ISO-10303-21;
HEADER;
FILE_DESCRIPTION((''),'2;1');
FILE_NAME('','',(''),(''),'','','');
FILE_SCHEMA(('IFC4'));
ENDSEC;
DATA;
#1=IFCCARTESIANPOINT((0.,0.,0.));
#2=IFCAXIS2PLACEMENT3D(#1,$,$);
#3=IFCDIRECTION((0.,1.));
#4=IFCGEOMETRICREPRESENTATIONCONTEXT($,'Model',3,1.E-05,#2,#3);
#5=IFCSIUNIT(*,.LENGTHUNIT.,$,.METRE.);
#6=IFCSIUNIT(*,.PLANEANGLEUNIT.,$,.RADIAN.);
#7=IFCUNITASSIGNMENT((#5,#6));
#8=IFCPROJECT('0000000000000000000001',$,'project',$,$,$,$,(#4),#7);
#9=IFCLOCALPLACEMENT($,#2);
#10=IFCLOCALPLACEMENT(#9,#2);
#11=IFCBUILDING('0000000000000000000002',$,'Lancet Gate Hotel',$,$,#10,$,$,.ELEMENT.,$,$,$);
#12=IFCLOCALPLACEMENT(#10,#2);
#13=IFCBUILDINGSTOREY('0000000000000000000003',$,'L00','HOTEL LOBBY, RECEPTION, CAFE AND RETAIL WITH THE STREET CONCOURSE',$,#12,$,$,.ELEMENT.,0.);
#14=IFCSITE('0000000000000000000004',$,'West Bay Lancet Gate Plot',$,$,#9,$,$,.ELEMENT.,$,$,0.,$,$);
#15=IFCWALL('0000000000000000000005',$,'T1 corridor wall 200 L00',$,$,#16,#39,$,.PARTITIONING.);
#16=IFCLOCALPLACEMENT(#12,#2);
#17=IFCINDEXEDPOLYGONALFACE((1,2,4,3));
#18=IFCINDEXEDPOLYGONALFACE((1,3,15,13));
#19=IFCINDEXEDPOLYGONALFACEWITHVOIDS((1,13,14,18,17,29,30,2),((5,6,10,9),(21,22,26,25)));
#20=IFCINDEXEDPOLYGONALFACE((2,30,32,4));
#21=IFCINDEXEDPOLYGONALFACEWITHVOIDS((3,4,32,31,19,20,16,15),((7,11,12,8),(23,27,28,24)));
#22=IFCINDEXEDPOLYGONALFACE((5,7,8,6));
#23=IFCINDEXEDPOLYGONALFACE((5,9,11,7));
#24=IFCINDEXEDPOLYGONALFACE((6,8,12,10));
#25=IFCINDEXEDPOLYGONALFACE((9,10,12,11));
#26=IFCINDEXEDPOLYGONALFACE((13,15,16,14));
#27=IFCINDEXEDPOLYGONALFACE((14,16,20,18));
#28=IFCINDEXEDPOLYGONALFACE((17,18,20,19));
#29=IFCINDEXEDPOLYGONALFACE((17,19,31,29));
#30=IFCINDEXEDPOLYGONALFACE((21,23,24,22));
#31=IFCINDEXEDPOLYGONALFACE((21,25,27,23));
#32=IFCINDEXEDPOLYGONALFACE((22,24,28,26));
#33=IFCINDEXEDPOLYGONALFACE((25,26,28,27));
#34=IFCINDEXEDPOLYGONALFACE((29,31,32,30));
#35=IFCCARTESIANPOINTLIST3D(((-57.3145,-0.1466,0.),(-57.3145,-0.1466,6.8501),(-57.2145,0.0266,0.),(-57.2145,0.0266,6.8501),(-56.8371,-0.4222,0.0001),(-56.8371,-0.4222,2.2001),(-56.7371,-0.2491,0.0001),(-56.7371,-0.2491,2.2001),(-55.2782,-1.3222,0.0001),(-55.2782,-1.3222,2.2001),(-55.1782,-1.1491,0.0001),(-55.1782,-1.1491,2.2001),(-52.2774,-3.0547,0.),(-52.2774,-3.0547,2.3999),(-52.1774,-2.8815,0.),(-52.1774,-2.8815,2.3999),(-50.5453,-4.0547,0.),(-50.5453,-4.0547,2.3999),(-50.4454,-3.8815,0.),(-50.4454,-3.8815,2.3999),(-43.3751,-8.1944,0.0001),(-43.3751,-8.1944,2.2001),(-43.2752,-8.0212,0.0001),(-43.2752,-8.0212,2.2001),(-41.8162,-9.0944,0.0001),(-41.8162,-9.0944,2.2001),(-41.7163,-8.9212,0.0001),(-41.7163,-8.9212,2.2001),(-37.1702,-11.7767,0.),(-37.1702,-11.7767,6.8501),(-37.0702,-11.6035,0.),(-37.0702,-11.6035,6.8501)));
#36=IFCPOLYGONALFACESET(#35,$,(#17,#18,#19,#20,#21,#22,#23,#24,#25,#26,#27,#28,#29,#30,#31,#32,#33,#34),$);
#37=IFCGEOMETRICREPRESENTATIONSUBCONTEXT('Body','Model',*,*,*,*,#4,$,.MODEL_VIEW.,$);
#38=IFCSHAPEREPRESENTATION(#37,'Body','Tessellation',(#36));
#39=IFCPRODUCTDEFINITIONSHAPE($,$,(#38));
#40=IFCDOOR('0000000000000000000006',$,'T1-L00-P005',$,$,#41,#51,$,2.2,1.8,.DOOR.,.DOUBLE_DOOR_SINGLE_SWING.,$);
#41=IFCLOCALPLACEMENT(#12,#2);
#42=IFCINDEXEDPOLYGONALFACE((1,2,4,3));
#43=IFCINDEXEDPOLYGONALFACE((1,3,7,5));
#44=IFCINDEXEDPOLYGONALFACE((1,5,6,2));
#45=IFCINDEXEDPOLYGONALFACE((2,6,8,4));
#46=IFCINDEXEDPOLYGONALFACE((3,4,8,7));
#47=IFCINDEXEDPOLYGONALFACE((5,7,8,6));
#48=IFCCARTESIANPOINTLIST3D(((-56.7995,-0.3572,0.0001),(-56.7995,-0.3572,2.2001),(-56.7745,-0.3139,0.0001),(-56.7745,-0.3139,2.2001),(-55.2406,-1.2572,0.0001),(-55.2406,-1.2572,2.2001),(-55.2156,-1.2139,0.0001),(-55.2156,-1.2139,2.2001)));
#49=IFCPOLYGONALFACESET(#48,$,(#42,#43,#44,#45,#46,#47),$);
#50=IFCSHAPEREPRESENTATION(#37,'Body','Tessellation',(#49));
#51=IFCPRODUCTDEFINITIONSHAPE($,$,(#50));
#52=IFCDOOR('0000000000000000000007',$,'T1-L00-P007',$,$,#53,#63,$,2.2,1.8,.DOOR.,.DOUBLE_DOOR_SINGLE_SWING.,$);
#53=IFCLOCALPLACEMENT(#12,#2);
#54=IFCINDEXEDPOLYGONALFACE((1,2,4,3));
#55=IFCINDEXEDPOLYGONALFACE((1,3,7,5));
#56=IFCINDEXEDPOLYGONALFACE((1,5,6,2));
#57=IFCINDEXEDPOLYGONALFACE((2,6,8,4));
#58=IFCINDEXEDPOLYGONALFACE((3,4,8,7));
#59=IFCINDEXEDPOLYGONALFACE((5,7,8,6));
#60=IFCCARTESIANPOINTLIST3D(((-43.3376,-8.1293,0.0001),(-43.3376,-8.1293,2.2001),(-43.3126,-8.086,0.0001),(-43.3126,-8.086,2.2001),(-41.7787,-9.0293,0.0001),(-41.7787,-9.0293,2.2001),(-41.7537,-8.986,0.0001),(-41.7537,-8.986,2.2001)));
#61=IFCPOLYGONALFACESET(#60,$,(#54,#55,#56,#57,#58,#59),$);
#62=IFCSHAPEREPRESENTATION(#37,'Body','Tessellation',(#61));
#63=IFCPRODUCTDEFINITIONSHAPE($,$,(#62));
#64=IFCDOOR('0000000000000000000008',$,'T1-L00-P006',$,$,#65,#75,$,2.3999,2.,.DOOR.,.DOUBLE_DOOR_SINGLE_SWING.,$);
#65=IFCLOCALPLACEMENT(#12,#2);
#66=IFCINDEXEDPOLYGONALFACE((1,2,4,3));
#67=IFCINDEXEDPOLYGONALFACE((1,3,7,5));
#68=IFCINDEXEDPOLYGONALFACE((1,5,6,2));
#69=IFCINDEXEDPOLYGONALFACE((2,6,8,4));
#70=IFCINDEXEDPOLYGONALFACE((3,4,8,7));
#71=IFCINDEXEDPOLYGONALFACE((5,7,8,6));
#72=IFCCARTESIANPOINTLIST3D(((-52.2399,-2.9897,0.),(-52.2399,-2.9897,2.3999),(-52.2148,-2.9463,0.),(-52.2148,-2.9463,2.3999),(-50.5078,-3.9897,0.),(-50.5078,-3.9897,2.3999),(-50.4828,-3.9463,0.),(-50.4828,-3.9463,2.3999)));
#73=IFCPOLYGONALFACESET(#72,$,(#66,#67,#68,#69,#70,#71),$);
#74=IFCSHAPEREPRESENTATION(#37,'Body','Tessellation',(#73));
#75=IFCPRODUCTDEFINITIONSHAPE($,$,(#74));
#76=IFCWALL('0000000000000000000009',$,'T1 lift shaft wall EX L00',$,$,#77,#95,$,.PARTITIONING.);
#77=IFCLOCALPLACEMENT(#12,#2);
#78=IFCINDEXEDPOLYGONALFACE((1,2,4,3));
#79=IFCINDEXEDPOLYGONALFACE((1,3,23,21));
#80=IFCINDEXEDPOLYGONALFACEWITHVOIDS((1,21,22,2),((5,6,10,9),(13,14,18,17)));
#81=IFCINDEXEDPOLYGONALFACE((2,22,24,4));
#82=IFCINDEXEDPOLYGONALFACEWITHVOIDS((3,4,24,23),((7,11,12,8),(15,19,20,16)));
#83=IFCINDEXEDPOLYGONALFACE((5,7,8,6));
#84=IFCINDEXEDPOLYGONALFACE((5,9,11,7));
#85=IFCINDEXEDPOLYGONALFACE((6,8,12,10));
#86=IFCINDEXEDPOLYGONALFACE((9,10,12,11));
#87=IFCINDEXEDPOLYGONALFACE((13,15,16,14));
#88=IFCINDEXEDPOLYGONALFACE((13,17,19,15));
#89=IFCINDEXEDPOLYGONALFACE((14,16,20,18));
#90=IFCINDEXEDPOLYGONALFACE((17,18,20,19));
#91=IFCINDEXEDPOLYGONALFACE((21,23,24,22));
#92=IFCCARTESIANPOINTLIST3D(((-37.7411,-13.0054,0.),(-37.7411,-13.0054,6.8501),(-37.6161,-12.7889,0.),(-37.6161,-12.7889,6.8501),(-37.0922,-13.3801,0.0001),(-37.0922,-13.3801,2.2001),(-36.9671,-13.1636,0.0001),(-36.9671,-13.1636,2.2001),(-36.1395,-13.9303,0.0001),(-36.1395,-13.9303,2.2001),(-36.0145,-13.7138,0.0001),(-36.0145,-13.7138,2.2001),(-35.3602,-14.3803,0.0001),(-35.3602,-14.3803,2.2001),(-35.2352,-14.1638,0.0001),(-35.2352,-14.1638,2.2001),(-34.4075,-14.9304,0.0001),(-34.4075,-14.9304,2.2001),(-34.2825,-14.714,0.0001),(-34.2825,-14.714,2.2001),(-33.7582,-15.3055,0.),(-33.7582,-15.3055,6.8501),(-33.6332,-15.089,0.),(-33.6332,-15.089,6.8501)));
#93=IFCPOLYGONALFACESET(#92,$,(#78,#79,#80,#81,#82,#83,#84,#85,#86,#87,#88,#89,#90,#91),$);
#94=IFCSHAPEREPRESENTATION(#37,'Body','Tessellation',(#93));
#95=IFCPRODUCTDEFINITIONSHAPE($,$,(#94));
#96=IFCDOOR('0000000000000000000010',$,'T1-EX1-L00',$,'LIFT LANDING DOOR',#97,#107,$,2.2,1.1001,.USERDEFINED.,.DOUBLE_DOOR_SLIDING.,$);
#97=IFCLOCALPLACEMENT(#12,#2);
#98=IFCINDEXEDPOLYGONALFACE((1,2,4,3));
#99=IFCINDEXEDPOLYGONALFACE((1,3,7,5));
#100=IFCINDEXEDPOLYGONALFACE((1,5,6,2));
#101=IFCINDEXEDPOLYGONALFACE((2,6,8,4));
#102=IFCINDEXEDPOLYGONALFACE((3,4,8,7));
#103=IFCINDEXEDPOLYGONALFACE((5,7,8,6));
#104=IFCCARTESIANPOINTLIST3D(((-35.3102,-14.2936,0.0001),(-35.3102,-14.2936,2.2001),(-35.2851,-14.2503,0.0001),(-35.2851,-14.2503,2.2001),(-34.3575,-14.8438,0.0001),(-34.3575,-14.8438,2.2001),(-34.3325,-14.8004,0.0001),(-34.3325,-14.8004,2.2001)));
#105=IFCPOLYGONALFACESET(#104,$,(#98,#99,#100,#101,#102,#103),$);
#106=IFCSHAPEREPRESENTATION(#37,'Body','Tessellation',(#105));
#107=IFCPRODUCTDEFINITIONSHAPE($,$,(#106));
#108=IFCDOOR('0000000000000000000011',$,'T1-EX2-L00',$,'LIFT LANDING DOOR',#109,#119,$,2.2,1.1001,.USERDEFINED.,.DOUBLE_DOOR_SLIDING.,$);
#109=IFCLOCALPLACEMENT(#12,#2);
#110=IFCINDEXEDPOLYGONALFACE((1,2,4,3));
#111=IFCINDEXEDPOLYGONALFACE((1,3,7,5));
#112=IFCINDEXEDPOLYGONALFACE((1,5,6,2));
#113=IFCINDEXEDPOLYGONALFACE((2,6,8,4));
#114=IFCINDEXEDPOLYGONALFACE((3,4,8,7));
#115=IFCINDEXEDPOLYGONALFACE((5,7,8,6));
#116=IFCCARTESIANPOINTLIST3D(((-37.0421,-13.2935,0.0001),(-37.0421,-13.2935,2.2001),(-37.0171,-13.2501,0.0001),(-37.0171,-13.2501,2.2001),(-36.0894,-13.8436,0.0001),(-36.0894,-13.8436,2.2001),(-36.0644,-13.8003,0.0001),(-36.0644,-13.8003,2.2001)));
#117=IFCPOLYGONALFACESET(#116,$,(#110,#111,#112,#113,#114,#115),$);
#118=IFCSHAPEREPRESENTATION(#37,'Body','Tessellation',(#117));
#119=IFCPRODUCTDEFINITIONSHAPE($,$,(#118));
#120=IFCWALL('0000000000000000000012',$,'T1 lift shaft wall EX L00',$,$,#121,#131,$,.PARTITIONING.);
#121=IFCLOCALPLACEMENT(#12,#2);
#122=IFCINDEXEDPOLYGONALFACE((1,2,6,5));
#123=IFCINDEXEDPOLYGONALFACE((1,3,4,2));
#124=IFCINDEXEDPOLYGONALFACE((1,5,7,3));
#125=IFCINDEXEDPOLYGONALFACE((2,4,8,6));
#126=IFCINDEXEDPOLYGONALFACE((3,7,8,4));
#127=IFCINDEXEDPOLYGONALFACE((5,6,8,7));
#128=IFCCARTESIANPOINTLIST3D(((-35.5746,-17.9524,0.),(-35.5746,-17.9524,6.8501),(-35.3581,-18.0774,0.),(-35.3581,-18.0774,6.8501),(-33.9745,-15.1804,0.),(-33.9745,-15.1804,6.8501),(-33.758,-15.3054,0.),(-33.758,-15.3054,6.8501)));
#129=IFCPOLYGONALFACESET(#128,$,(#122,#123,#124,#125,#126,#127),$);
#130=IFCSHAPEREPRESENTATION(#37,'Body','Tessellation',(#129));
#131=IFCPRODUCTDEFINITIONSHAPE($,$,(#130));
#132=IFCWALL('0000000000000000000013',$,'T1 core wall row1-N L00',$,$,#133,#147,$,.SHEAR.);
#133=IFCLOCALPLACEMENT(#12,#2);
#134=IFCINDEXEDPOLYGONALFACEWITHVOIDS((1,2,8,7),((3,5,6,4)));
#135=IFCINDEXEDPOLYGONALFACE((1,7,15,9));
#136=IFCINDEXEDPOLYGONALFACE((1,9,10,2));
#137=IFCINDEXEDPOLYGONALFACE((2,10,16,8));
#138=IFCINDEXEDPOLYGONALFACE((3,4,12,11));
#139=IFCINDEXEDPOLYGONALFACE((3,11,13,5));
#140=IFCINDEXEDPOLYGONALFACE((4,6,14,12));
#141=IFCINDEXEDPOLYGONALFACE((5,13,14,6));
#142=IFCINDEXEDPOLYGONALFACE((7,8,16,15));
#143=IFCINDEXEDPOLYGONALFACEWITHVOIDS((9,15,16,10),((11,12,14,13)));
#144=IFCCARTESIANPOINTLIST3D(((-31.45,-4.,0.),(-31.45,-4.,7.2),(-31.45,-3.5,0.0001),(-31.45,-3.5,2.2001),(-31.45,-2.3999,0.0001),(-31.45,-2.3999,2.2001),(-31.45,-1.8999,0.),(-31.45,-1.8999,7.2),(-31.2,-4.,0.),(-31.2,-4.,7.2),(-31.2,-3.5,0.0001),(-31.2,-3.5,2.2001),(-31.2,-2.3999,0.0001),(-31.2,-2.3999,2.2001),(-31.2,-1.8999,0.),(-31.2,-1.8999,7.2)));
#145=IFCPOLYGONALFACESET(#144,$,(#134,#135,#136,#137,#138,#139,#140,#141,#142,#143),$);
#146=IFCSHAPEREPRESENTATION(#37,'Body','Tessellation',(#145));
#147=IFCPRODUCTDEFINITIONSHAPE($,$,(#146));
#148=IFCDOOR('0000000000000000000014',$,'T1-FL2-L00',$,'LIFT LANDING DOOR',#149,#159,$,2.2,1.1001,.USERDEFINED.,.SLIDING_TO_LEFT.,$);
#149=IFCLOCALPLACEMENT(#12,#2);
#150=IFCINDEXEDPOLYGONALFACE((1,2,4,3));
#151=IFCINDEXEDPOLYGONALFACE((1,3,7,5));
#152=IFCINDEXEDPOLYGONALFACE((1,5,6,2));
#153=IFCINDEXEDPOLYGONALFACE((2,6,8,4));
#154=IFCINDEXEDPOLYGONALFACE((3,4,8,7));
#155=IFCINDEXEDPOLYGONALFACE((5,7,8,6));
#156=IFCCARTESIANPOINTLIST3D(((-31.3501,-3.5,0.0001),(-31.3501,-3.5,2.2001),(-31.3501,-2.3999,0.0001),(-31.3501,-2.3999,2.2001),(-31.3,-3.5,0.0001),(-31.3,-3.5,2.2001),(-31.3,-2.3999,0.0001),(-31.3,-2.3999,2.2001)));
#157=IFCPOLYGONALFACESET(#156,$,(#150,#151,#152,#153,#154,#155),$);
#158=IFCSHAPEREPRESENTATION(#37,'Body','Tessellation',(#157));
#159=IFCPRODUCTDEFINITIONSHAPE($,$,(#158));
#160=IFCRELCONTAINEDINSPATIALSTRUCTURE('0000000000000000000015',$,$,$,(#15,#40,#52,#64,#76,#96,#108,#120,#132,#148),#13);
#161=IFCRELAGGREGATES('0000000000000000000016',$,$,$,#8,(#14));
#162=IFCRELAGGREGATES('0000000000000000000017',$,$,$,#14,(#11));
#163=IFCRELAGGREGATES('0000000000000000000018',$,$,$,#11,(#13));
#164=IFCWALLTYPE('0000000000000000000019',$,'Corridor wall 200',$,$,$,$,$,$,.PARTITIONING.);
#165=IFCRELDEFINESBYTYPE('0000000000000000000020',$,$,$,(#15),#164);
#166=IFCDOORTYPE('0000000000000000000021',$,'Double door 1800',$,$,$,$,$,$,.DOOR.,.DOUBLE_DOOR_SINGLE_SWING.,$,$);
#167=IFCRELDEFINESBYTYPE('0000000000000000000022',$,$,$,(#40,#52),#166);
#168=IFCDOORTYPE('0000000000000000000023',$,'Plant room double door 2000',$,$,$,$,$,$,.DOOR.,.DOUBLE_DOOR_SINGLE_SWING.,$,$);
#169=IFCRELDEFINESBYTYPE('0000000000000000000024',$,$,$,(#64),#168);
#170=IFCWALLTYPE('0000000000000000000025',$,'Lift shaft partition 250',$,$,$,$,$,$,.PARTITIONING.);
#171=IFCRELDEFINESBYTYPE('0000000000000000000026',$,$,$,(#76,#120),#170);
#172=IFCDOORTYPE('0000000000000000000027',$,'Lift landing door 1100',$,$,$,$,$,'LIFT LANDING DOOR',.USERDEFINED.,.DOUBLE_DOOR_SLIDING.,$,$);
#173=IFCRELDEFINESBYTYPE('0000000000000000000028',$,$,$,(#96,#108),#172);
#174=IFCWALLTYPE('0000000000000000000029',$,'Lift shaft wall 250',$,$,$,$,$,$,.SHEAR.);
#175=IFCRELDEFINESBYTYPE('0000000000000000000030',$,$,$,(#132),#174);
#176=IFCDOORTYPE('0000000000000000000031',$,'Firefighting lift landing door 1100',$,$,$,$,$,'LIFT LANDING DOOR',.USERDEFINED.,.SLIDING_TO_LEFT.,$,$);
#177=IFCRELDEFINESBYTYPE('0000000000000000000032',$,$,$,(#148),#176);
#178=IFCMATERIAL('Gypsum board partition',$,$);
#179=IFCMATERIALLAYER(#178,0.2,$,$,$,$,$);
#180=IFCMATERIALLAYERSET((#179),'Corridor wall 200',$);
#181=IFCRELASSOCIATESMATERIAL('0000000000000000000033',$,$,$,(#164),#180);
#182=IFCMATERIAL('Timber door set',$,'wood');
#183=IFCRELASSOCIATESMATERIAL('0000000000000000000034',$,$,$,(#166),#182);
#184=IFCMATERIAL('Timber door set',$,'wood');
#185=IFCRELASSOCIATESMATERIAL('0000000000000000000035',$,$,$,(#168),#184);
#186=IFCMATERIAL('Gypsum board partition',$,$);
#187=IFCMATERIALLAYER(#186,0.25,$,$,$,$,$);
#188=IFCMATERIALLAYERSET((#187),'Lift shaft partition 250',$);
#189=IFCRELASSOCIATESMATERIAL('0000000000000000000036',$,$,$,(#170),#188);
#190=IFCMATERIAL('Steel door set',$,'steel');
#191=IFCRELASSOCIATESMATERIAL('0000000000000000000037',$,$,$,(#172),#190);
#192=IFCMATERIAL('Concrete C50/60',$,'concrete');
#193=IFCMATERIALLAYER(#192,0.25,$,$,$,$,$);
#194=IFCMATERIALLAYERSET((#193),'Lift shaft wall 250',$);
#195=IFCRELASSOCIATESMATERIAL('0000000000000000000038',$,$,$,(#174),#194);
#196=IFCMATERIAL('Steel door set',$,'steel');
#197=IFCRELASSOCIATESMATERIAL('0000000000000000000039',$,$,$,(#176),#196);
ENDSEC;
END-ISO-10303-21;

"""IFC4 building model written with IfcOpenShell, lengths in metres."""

from ifc_helpers import new_model, si_unit, direction, frame, frame_2d, origin, place, context, subcontext, project, spatial, rectangle, extrude, material, layer, layer_set, type_object, element, fill, save


model = new_model("IFC4")

# Units and contexts
model_context = context("Model", 3, precision=1e-05, world=origin(), true_north=direction((0.0, 1.0)))
body_context = subcontext(model_context, "Body", "Model", "MODEL_VIEW")
ifc_project = project(units=[si_unit("LENGTHUNIT", "METRE"), si_unit("PLANEANGLEUNIT", "RADIAN")], contexts=[model_context])

# Site, building, storey
site_placement = place(None, origin())
site = spatial("IfcSite", under=ifc_project, at=site_placement, Name="West Bay Lancet Gate Plot", CompositionType="ELEMENT", RefElevation=0.0)
building_placement = place(site_placement, origin())
building = spatial("IfcBuilding", under=site, at=building_placement, Name="Lancet Gate Hotel", CompositionType="ELEMENT")
storey_placement = place(building_placement, origin())
storey = spatial("IfcBuildingStorey", under=building, at=storey_placement, Name="L00", Description="HOTEL LOBBY, RECEPTION, CAFE AND RETAIL WITH THE STREET CONCOURSE", CompositionType="ELEMENT", Elevation=0.0)

# Walls, openings, doors
ifc_material_1 = material(Name="Gypsum board partition")
ifc_layer_1 = layer(ifc_material_1, 0.2)
ifc_layer_set_1 = layer_set([ifc_layer_1], Name="Corridor wall 200")
wall_type_1 = type_object("IfcWallType", Name="Corridor wall 200", PredefinedType="PARTITIONING", material=ifc_layer_set_1)
wall_1_placement = place(storey_placement, frame((-37.1201, -11.6902, 0.0), z_axis=(0.0, 0.0, 1.0), x_axis=(-0.866029, 0.499994, 0.0)))
wall_1 = element("IfcWall", 1, at=wall_1_placement, inside=storey, type_object=wall_type_1, Name="T1 corridor wall 200 L00", PredefinedType="PARTITIONING", context=body_context, shape_type="SweptSolid", body=[
    extrude(rectangle(XDim=23.2605, YDim=0.2, at=frame_2d((11.6304, 0.0))), origin(), (0.0, 0.0, 1.0), 6.8501),
])
opening_1_placement = place(wall_1_placement, frame((20.9094, 0.0, 0.0)))
opening_1 = element("IfcOpeningElement", 2, at=opening_1_placement, cuts=wall_1, PredefinedType="OPENING", context=body_context, shape_type="SweptSolid", body=[
    extrude(rectangle(XDim=1.8, YDim=2.2, at=frame_2d((0.8999, 1.1001))), frame((0.0, 0.1099, 0.0), z_axis=(0.0, -1.0, 0.0), x_axis=(1.0, 0.0, 0.0)), (0.0, 0.0, 1.0), 0.22),
])
opening_2_placement = place(wall_1_placement, frame((15.4443, 0.0, 0.0)))
opening_2 = element("IfcOpeningElement", 3, at=opening_2_placement, cuts=wall_1, PredefinedType="OPENING", context=body_context, shape_type="SweptSolid", body=[
    extrude(rectangle(XDim=2.0, YDim=2.3999, at=frame_2d((1.0, 1.2))), frame((0.0, 0.1099, 0.0), z_axis=(0.0, -1.0, 0.0), x_axis=(1.0, 0.0, 0.0)), (0.0, 0.0, 1.0), 0.22),
])
opening_3_placement = place(wall_1_placement, frame((5.365, 0.0, 0.0)))
opening_3 = element("IfcOpeningElement", 4, at=opening_3_placement, cuts=wall_1, PredefinedType="OPENING", context=body_context, shape_type="SweptSolid", body=[
    extrude(rectangle(XDim=1.8, YDim=2.2, at=frame_2d((0.8999, 1.1001))), frame((0.0, 0.1099, 0.0), z_axis=(0.0, -1.0, 0.0), x_axis=(1.0, 0.0, 0.0)), (0.0, 0.0, 1.0), 0.22),
])
ifc_material_2 = material(Name="Timber door set", Category="wood")
door_type_1 = type_object("IfcDoorType", Name="Double door 1800", OperationType="DOUBLE_DOOR_SINGLE_SWING", PredefinedType="DOOR", material=ifc_material_2)
door_1_placement = place(opening_1_placement, origin())
door_1 = element("IfcDoor", 5, at=door_1_placement, inside=storey, type_object=door_type_1, Name="T1-L00-P005", OperationType="DOUBLE_DOOR_SINGLE_SWING", OverallHeight=2.2, OverallWidth=1.8, PredefinedType="DOOR", context=body_context, shape_type="SweptSolid", body=[
    extrude(rectangle(XDim=1.8, YDim=2.2, at=frame_2d((0.8999, 1.1001))), frame((0.0, 0.0249, 0.0), z_axis=(0.0, -1.0, 0.0), x_axis=(1.0, 0.0, 0.0)), (0.0, 0.0, 1.0), 0.05),
])
fill(opening_1, door_1)
door_2_placement = place(opening_3_placement, origin())
door_2 = element("IfcDoor", 6, at=door_2_placement, inside=storey, type_object=door_type_1, Name="T1-L00-P007", OperationType="DOUBLE_DOOR_SINGLE_SWING", OverallHeight=2.2, OverallWidth=1.8, PredefinedType="DOOR", context=body_context, shape_type="SweptSolid", body=[
    extrude(rectangle(XDim=1.8, YDim=2.2, at=frame_2d((0.8999, 1.1001))), frame((0.0, 0.0249, 0.0), z_axis=(0.0, -1.0, 0.0), x_axis=(1.0, 0.0, 0.0)), (0.0, 0.0, 1.0), 0.05),
])
fill(opening_3, door_2)
ifc_material_3 = material(Name="Timber door set", Category="wood")
door_type_2 = type_object("IfcDoorType", Name="Plant room double door 2000", OperationType="DOUBLE_DOOR_SINGLE_SWING", PredefinedType="DOOR", material=ifc_material_3)
door_3_placement = place(opening_2_placement, origin())
door_3 = element("IfcDoor", 7, at=door_3_placement, inside=storey, type_object=door_type_2, Name="T1-L00-P006", OperationType="DOUBLE_DOOR_SINGLE_SWING", OverallHeight=2.3999, OverallWidth=2.0, PredefinedType="DOOR", context=body_context, shape_type="SweptSolid", body=[
    extrude(rectangle(XDim=2.0, YDim=2.3999, at=frame_2d((1.0, 1.2))), frame((0.0, 0.0249, 0.0), z_axis=(0.0, -1.0, 0.0), x_axis=(1.0, 0.0, 0.0)), (0.0, 0.0, 1.0), 0.05),
])
fill(opening_2, door_3)
ifc_material_4 = material(Name="Gypsum board partition")
ifc_layer_2 = layer(ifc_material_4, 0.25)
ifc_layer_set_2 = layer_set([ifc_layer_2], Name="Lift shaft partition 250")
wall_type_2 = type_object("IfcWallType", Name="Lift shaft partition 250", PredefinedType="PARTITIONING", material=ifc_layer_set_2)
wall_2_placement = place(storey_placement, frame((-33.6956, -15.1973, 0.0), z_axis=(0.0, 0.0, 1.0), x_axis=(-0.865977, 0.500084, 0.0)))
wall_2 = element("IfcWall", 8, at=wall_2_placement, inside=storey, type_object=wall_type_2, Name="T1 lift shaft wall EX L00", PredefinedType="PARTITIONING", context=body_context, shape_type="SweptSolid", body=[
    extrude(rectangle(XDim=4.5994, YDim=0.25, at=frame_2d((2.2998, 0.0))), origin(), (0.0, 0.0, 1.0), 6.8501),
])
opening_4_placement = place(wall_2_placement, frame((0.75, 0.0, 0.0)))
opening_4 = element("IfcOpeningElement", 9, at=opening_4_placement, cuts=wall_2, PredefinedType="OPENING", context=body_context, shape_type="SweptSolid", body=[
    extrude(rectangle(XDim=1.1001, YDim=2.2, at=frame_2d((0.55, 1.1001))), frame((0.0, 0.135, 0.0), z_axis=(0.0, -1.0, 0.0), x_axis=(1.0, 0.0, 0.0)), (0.0, 0.0, 1.0), 0.27),
])
opening_5_placement = place(wall_2_placement, frame((2.75, 0.0, 0.0)))
opening_5 = element("IfcOpeningElement", 10, at=opening_5_placement, cuts=wall_2, PredefinedType="OPENING", context=body_context, shape_type="SweptSolid", body=[
    extrude(rectangle(XDim=1.1001, YDim=2.2, at=frame_2d((0.55, 1.1001))), frame((0.0, 0.135, 0.0), z_axis=(0.0, -1.0, 0.0), x_axis=(1.0, 0.0, 0.0)), (0.0, 0.0, 1.0), 0.27),
])
ifc_material_5 = material(Name="Steel door set", Category="steel")
door_type_3 = type_object("IfcDoorType", Name="Lift landing door 1100", ElementType="LIFT LANDING DOOR", OperationType="DOUBLE_DOOR_SLIDING", PredefinedType="USERDEFINED", material=ifc_material_5)
door_4_placement = place(opening_4_placement, origin())
door_4 = element("IfcDoor", 11, at=door_4_placement, inside=storey, type_object=door_type_3, Name="T1-EX1-L00", ObjectType="LIFT LANDING DOOR", OperationType="DOUBLE_DOOR_SLIDING", OverallHeight=2.2, OverallWidth=1.1001, PredefinedType="USERDEFINED", context=body_context, shape_type="SweptSolid", body=[
    extrude(rectangle(XDim=1.1001, YDim=2.2, at=frame_2d((0.55, 1.1001))), frame((0.0, 0.0249, 0.0), z_axis=(0.0, -1.0, 0.0), x_axis=(1.0, 0.0, 0.0)), (0.0, 0.0, 1.0), 0.05),
])
fill(opening_4, door_4)
door_5_placement = place(opening_5_placement, origin())
door_5 = element("IfcDoor", 12, at=door_5_placement, inside=storey, type_object=door_type_3, Name="T1-EX2-L00", ObjectType="LIFT LANDING DOOR", OperationType="DOUBLE_DOOR_SLIDING", OverallHeight=2.2, OverallWidth=1.1001, PredefinedType="USERDEFINED", context=body_context, shape_type="SweptSolid", body=[
    extrude(rectangle(XDim=1.1001, YDim=2.2, at=frame_2d((0.55, 1.1001))), frame((0.0, 0.0249, 0.0), z_axis=(0.0, -1.0, 0.0), x_axis=(1.0, 0.0, 0.0)), (0.0, 0.0, 1.0), 0.05),
])
fill(opening_5, door_5)

# Wall
wall_3_placement = place(storey_placement, frame((-33.8662, -15.2429, 0.0), z_axis=(0.0, 0.0, 1.0), x_axis=(-0.499929, -0.866066, 0.0)))
element("IfcWall", 13, at=wall_3_placement, inside=storey, type_object=wall_type_2, Name="T1 lift shaft wall EX L00", PredefinedType="PARTITIONING", context=body_context, shape_type="SweptSolid", body=[
    extrude(rectangle(XDim=3.2007, YDim=0.25, at=frame_2d((1.6003, 0.0))), origin(), (0.0, 0.0, 1.0), 6.8501),
])

# Wall, opening, door
ifc_material_6 = material(Name="Concrete C50/60", Category="concrete")
ifc_layer_3 = layer(ifc_material_6, 0.25)
ifc_layer_set_3 = layer_set([ifc_layer_3], Name="Lift shaft wall 250")
wall_type_3 = type_object("IfcWallType", Name="Lift shaft wall 250", PredefinedType="SHEAR", material=ifc_layer_set_3)
wall_4_placement = place(storey_placement, frame((-31.325, -1.8999, 0.0), z_axis=(0.0, 0.0, 1.0), x_axis=(0.0, -1.0, 0.0)))
wall_4 = element("IfcWall", 14, at=wall_4_placement, inside=storey, type_object=wall_type_3, Name="T1 core wall row1-N L00", PredefinedType="SHEAR", context=body_context, shape_type="SweptSolid", body=[
    extrude(rectangle(XDim=2.1001, YDim=0.25, at=frame_2d((1.05, 0.0))), origin(), (0.0, 0.0, 1.0), 7.2),
])
opening_6_placement = place(wall_4_placement, frame((0.5, 0.0, 0.0)))
opening_6 = element("IfcOpeningElement", 15, at=opening_6_placement, cuts=wall_4, PredefinedType="OPENING", context=body_context, shape_type="SweptSolid", body=[
    extrude(rectangle(XDim=1.1001, YDim=2.2, at=frame_2d((0.55, 1.1001))), frame((0.0, 0.135, 0.0), z_axis=(0.0, -1.0, 0.0), x_axis=(1.0, 0.0, 0.0)), (0.0, 0.0, 1.0), 0.27),
])
ifc_material_7 = material(Name="Steel door set", Category="steel")
door_type_4 = type_object("IfcDoorType", Name="Firefighting lift landing door 1100", ElementType="LIFT LANDING DOOR", OperationType="SLIDING_TO_LEFT", PredefinedType="USERDEFINED", material=ifc_material_7)
door_6_placement = place(opening_6_placement, origin())
door_6 = element("IfcDoor", 16, at=door_6_placement, inside=storey, type_object=door_type_4, Name="T1-FL2-L00", ObjectType="LIFT LANDING DOOR", OperationType="SLIDING_TO_LEFT", OverallHeight=2.2, OverallWidth=1.1001, PredefinedType="USERDEFINED", context=body_context, shape_type="SweptSolid", body=[
    extrude(rectangle(XDim=1.1001, YDim=2.2, at=frame_2d((0.55, 1.1001))), frame((0.0, 0.0249, 0.0), z_axis=(0.0, -1.0, 0.0), x_axis=(1.0, 0.0, 0.0)), (0.0, 0.0, 1.0), 0.05),
])
fill(opening_6, door_6)

save(model, "model.ifc")
